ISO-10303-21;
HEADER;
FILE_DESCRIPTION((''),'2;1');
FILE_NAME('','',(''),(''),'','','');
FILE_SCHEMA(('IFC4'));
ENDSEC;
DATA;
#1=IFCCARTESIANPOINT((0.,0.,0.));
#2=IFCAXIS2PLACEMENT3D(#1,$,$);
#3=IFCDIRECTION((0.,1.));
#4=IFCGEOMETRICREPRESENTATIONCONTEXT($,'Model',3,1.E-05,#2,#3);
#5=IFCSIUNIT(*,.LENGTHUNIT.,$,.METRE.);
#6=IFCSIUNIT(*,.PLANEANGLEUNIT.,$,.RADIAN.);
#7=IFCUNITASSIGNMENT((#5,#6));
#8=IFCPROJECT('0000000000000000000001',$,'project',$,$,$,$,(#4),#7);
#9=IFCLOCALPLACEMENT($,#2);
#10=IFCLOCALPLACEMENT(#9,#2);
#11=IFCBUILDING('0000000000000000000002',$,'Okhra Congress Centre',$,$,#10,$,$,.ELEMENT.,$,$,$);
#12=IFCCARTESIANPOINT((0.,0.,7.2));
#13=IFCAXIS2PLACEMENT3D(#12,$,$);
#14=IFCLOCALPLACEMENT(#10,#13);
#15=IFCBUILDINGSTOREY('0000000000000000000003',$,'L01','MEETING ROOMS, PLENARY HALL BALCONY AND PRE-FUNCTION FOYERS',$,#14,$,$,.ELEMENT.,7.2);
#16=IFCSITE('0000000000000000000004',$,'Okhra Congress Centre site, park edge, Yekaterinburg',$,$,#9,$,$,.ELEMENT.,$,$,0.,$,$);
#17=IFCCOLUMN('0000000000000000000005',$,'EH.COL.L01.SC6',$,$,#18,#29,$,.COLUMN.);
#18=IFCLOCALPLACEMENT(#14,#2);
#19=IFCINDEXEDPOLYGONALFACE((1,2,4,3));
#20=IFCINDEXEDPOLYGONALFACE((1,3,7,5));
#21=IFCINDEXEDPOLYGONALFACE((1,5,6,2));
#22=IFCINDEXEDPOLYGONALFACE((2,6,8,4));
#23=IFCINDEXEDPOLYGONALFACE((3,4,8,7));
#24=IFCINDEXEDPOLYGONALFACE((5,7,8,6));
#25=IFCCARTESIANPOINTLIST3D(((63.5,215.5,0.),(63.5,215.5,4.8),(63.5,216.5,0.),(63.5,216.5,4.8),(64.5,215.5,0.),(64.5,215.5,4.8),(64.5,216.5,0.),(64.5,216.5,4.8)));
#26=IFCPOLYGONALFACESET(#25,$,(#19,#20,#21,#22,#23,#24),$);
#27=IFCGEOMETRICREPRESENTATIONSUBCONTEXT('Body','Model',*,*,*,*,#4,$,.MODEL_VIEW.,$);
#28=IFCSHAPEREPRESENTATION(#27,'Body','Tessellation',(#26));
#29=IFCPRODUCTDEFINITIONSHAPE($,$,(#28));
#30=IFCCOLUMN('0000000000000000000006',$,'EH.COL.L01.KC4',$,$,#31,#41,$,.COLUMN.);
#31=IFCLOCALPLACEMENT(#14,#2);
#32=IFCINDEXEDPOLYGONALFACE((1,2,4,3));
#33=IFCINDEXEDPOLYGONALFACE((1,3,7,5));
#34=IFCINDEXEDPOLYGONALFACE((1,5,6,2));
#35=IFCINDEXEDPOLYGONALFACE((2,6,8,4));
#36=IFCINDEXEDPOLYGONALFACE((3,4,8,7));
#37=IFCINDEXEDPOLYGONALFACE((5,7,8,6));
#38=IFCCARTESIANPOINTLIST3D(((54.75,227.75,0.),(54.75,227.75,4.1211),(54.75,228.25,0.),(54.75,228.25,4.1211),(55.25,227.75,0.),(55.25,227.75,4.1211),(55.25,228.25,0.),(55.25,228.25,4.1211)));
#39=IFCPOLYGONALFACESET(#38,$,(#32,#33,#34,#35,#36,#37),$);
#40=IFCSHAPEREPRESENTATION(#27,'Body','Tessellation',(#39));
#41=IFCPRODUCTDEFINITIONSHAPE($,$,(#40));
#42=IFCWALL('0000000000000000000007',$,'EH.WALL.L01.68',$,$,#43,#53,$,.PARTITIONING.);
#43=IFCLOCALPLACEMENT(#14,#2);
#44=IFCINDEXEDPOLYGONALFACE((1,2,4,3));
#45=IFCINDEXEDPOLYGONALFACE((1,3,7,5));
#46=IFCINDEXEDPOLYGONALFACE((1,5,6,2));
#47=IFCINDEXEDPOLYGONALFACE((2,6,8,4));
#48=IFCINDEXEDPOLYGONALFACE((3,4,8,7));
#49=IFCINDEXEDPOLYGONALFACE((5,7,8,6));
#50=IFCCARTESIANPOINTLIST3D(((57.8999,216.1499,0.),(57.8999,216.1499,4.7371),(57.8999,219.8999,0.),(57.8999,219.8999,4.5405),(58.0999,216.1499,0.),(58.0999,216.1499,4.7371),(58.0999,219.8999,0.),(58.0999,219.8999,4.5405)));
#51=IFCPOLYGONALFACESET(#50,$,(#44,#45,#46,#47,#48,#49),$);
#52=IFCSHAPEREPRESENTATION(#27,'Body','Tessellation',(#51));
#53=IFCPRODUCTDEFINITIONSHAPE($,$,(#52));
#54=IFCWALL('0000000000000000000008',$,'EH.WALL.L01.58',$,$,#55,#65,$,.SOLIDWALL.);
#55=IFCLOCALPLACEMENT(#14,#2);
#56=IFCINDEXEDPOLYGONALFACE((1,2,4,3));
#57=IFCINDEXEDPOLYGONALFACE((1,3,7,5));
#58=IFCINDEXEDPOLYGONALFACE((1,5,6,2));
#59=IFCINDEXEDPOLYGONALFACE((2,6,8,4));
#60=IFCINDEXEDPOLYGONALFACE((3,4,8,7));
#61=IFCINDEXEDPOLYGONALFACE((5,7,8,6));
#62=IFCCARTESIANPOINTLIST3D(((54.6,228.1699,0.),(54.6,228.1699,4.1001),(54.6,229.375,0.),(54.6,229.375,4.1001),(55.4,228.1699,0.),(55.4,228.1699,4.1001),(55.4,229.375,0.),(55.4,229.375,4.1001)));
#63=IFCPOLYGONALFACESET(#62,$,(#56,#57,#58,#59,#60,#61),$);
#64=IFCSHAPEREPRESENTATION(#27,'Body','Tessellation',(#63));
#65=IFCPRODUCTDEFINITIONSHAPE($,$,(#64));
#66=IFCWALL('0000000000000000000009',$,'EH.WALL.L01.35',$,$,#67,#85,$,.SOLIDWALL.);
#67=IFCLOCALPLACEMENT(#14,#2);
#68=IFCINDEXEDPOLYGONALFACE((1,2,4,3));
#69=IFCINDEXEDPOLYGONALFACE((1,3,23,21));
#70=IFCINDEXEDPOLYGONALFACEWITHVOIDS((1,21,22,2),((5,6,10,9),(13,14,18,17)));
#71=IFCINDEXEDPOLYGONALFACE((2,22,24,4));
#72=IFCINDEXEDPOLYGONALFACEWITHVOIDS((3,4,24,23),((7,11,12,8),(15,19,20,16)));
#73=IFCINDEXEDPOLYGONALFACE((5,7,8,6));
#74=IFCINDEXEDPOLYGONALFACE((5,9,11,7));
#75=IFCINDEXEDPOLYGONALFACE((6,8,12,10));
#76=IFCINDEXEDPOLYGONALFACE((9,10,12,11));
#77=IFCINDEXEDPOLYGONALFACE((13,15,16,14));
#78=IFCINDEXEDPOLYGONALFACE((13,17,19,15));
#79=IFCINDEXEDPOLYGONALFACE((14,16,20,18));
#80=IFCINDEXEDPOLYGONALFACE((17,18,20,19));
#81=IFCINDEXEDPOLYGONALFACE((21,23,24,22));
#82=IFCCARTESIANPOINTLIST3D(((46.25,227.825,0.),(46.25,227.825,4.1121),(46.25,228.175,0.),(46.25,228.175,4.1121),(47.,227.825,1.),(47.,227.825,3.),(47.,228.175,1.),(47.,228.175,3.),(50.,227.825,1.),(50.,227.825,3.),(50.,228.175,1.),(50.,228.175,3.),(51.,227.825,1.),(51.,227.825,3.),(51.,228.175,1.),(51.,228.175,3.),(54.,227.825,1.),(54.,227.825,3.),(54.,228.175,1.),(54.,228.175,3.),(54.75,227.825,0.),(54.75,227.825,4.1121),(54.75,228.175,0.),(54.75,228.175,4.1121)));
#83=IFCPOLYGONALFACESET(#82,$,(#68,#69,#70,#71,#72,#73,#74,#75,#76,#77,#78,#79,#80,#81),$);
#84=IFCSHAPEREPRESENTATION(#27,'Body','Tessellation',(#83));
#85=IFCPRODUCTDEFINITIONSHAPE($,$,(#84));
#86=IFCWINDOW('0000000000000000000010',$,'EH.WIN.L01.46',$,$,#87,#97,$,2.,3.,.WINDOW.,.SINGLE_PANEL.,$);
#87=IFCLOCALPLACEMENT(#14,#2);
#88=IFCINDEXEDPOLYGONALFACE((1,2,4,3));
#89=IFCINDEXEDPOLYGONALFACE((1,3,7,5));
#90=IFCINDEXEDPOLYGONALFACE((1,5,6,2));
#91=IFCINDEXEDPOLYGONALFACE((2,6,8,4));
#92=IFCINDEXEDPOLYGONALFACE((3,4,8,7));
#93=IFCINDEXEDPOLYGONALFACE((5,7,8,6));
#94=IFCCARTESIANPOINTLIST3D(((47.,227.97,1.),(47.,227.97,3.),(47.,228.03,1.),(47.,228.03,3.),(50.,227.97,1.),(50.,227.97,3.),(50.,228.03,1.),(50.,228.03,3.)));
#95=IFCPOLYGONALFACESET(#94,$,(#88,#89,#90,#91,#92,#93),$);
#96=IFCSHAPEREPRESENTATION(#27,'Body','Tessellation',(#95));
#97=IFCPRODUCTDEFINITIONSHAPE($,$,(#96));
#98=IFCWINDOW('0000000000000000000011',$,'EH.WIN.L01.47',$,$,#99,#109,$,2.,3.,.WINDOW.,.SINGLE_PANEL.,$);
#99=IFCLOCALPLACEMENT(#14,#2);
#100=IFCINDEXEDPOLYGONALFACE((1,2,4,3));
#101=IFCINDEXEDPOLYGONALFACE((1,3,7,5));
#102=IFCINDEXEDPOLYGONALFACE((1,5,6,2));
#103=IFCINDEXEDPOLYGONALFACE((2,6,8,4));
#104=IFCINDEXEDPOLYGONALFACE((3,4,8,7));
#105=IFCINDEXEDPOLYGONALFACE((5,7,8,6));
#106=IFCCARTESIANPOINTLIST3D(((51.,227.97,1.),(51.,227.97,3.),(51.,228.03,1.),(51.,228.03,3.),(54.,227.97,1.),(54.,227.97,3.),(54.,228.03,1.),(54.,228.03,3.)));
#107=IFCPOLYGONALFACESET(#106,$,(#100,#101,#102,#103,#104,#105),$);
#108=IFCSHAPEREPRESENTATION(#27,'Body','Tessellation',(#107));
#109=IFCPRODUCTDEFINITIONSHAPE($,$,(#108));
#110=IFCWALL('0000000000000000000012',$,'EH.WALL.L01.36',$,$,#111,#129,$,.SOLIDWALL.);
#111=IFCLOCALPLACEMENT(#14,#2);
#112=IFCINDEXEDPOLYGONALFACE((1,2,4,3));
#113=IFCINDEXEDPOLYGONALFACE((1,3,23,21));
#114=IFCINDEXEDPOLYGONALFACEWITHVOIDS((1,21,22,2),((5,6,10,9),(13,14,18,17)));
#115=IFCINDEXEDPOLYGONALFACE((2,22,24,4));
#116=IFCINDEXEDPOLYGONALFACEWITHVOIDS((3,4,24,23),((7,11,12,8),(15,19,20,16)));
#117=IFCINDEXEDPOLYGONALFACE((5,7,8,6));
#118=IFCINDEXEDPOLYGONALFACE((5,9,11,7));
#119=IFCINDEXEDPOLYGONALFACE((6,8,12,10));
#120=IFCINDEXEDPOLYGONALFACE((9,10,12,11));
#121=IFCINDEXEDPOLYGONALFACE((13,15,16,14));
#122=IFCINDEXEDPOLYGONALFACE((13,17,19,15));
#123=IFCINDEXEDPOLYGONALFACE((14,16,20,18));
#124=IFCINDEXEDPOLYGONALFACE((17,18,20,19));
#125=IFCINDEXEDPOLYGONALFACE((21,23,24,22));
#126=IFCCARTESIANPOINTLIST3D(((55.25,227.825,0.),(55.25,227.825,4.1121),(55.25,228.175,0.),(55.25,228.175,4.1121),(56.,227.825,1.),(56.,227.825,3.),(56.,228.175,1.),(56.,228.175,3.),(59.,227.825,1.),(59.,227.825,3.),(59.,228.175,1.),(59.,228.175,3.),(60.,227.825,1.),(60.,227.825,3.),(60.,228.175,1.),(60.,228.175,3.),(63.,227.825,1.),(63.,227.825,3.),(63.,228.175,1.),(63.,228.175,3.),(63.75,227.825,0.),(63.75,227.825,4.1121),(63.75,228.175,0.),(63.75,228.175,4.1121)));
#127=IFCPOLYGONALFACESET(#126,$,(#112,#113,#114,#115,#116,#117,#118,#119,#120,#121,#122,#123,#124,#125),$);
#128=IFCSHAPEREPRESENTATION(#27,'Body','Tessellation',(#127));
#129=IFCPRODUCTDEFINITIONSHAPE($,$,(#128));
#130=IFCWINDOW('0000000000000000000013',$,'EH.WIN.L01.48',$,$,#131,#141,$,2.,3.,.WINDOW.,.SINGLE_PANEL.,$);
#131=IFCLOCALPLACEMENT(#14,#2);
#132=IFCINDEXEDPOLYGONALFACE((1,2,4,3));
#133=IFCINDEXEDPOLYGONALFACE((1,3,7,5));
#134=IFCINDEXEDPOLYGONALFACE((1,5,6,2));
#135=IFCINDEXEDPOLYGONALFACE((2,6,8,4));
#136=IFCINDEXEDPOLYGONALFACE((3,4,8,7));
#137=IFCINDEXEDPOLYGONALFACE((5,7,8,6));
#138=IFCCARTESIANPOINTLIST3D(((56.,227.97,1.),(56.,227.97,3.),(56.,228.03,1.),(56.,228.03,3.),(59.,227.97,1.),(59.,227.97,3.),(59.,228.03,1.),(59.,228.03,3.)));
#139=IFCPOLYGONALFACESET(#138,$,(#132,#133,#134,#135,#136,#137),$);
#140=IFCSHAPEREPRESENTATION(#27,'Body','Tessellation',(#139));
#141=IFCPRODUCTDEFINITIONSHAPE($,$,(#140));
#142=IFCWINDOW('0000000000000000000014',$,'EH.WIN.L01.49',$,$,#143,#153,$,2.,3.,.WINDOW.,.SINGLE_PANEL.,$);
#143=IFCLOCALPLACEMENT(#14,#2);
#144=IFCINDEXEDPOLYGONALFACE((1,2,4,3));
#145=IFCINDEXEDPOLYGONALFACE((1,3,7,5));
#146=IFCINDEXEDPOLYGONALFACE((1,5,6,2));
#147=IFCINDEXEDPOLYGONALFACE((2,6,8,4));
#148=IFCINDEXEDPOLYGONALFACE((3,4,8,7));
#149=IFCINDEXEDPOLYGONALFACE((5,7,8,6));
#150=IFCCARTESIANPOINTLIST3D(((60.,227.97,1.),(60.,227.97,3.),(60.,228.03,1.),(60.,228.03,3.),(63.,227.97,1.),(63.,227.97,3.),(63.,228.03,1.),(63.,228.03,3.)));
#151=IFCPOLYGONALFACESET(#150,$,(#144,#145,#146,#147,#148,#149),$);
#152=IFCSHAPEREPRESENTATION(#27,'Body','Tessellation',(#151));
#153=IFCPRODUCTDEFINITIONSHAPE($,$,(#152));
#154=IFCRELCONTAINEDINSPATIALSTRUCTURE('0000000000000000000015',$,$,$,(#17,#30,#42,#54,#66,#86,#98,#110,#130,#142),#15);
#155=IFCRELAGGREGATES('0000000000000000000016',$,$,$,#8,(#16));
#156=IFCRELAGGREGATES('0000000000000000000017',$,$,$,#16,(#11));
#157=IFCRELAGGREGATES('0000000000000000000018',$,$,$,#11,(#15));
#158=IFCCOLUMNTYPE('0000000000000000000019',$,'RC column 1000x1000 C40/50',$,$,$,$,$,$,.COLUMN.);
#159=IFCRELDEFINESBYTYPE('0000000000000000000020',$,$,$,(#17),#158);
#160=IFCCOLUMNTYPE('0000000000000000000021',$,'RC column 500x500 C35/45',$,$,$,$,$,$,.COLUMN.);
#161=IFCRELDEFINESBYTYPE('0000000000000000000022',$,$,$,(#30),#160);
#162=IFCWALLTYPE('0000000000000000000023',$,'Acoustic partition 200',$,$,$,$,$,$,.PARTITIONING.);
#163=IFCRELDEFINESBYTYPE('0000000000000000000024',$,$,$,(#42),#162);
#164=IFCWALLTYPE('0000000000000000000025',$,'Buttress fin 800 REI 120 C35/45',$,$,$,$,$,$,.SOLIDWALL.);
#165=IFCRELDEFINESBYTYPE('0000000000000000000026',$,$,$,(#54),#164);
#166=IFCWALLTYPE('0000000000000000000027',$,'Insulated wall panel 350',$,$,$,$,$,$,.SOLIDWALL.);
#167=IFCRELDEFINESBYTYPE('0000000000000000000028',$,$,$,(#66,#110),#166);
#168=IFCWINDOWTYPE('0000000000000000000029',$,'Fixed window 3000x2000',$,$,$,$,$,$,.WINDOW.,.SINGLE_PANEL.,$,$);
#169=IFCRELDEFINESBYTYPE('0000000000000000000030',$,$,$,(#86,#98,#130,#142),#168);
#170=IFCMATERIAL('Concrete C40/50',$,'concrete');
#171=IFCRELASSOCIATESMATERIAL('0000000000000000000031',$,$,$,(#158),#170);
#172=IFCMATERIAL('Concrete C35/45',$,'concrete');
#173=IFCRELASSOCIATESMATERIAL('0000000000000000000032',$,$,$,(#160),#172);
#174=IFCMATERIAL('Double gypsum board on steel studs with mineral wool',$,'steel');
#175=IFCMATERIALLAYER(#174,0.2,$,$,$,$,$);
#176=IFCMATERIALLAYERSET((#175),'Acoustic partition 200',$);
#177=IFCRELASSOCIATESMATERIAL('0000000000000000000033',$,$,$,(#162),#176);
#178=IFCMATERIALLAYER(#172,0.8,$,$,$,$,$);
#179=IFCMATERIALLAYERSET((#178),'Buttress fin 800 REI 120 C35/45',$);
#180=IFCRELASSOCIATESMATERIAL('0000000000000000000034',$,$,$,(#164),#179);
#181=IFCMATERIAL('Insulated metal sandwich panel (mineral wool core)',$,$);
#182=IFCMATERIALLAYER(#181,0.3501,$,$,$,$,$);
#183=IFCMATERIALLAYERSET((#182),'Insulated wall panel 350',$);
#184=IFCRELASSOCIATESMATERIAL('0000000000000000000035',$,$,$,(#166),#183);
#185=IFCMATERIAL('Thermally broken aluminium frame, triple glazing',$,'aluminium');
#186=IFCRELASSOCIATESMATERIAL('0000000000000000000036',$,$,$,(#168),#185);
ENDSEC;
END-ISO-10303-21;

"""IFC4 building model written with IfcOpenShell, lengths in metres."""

from ifc_helpers import new_model, si_unit, direction, frame, frame_2d, origin, origin_2d, place, context, subcontext, project, spatial, polyline, rectangle, outline, extrude, material, layer, layer_set, material_profile, profile_set, type_object, element, fill, save


model = new_model("IFC4")

# Units and contexts
model_context = context("Model", 3, precision=1e-05, world=origin(), true_north=direction((0.0, 1.0)))
body_context = subcontext(model_context, "Body", "Model", "MODEL_VIEW")
ifc_project = project(units=[si_unit("LENGTHUNIT", "METRE"), si_unit("PLANEANGLEUNIT", "RADIAN")], contexts=[model_context])

# Site, building, storey
site_placement = place(None, origin())
site = spatial("IfcSite", under=ifc_project, at=site_placement, Name="Okhra Congress Centre site, park edge, Yekaterinburg", CompositionType="ELEMENT", RefElevation=0.0)
building_placement = place(site_placement, origin())
building = spatial("IfcBuilding", under=site, at=building_placement, Name="Okhra Congress Centre", CompositionType="ELEMENT")
storey_placement = place(building_placement, frame((0.0, 0.0, 7.2)))
storey = spatial("IfcBuildingStorey", under=building, at=storey_placement, Name="L01", Description="MEETING ROOMS, PLENARY HALL BALCONY AND PRE-FUNCTION FOYERS", CompositionType="ELEMENT", Elevation=7.2)

# Columns
ifc_material_1 = material(Name="Concrete C40/50", Category="concrete")
ifc_material_profile_1 = material_profile(ifc_material_1, rectangle(XDim=1.0, YDim=1.0, at=origin_2d()), Name="RC 1000x1000")
ifc_profile_set_1 = profile_set([ifc_material_profile_1], Name="Concrete C40/50")
column_type_1 = type_object("IfcColumnType", Name="RC column 1000x1000 C40/50", PredefinedType="COLUMN", material=ifc_profile_set_1)
column_1_placement = place(storey_placement, frame((64.0, 216.0, 0.0), z_axis=(0.0, 0.0, 1.0), x_axis=(1.0, 0.0, 0.0)))
element("IfcColumn", 1, at=column_1_placement, inside=storey, type_object=column_type_1, Name="EH.COL.L01.SC6", PredefinedType="COLUMN", context=body_context, shape_type="SweptSolid", body=[
    extrude(rectangle(XDim=1.0, YDim=1.0, at=origin_2d()), origin(), (0.0, 0.0, 1.0), 4.8),
])
ifc_material_2 = material(Name="Concrete C35/45", Category="concrete")
ifc_material_profile_2 = material_profile(ifc_material_2, rectangle(XDim=0.5, YDim=0.5, at=origin_2d()), Name="RC 500x500")
ifc_profile_set_2 = profile_set([ifc_material_profile_2], Name="Concrete C35/45")
column_type_2 = type_object("IfcColumnType", Name="RC column 500x500 C35/45", PredefinedType="COLUMN", material=ifc_profile_set_2)
column_2_placement = place(storey_placement, frame((55.0, 228.0, 0.0), z_axis=(0.0, 0.0, 1.0), x_axis=(1.0, 0.0, 0.0)))
element("IfcColumn", 2, at=column_2_placement, inside=storey, type_object=column_type_2, Name="EH.COL.L01.KC4", PredefinedType="COLUMN", context=body_context, shape_type="SweptSolid", body=[
    extrude(rectangle(XDim=0.5, YDim=0.5, at=origin_2d()), origin(), (0.0, 0.0, 1.0), 4.1211),
])

# Walls
ifc_material_3 = material(Name="Double gypsum board on steel studs with mineral wool", Category="steel")
ifc_layer_1 = layer(ifc_material_3, 0.2)
ifc_layer_set_1 = layer_set([ifc_layer_1], Name="Acoustic partition 200")
wall_type_1 = type_object("IfcWallType", Name="Acoustic partition 200", PredefinedType="PARTITIONING", material=ifc_layer_set_1)
wall_1_placement = place(storey_placement, frame((58.0, 216.1499, 0.0), z_axis=(0.0, 0.0, 1.0), x_axis=(0.0, 1.0, 0.0)))
element("IfcWall", 3, at=wall_1_placement, inside=storey, type_object=wall_type_1, Name="EH.WALL.L01.68", PredefinedType="PARTITIONING", context=body_context, shape_type="SweptSolid", body=[
    extrude(outline(polyline([(0.0, 0.0), (3.75, 0.0), (3.75, 4.5405), (0.0, 4.7371), (0.0, 0.0)])), frame((0.0, 0.1001, 0.0), z_axis=(0.0, -1.0, 0.0), x_axis=(1.0, 0.0, 0.0)), (0.0, 0.0, 1.0), 0.2),
])
ifc_layer_2 = layer(ifc_material_2, 0.8)
ifc_layer_set_2 = layer_set([ifc_layer_2], Name="Buttress fin 800 REI 120 C35/45")
wall_type_2 = type_object("IfcWallType", Name="Buttress fin 800 REI 120 C35/45", PredefinedType="SOLIDWALL", material=ifc_layer_set_2)
wall_2_placement = place(storey_placement, frame((55.0, 228.1699, 0.0), z_axis=(0.0, 0.0, 1.0), x_axis=(0.0, 1.0, 0.0)))
element("IfcWall", 4, at=wall_2_placement, inside=storey, type_object=wall_type_2, Name="EH.WALL.L01.58", PredefinedType="SOLIDWALL", context=body_context, shape_type="SweptSolid", body=[
    extrude(rectangle(XDim=1.2051, YDim=0.8, at=frame_2d((0.6025, 0.0))), origin(), (0.0, 0.0, 1.0), 4.1001),
])

# Walls, openings, windows
ifc_material_4 = material(Name="Insulated metal sandwich panel (mineral wool core)")
ifc_layer_3 = layer(ifc_material_4, 0.3501)
ifc_layer_set_3 = layer_set([ifc_layer_3], Name="Insulated wall panel 350")
wall_type_3 = type_object("IfcWallType", Name="Insulated wall panel 350", PredefinedType="SOLIDWALL", material=ifc_layer_set_3)
wall_3_placement = place(storey_placement, frame((46.25, 228.0, 0.0), z_axis=(0.0, 0.0, 1.0), x_axis=(1.0, 0.0, 0.0)))
wall_3 = element("IfcWall", 5, at=wall_3_placement, inside=storey, type_object=wall_type_3, Name="EH.WALL.L01.35", PredefinedType="SOLIDWALL", context=body_context, shape_type="SweptSolid", body=[
    extrude(rectangle(XDim=8.5, YDim=0.3501, at=frame_2d((4.25, 0.0))), origin(), (0.0, 0.0, 1.0), 4.1121),
])
opening_1_placement = place(wall_3_placement, frame((0.75, 0.0, 1.0)))
opening_1 = element("IfcOpeningElement", 6, at=opening_1_placement, cuts=wall_3, PredefinedType="OPENING", context=body_context, shape_type="SweptSolid", body=[
    extrude(rectangle(XDim=3.0, YDim=2.0, at=frame_2d((1.5, 1.0))), frame((0.0, 0.1851, 0.0), z_axis=(0.0, -1.0, 0.0), x_axis=(1.0, 0.0, 0.0)), (0.0, 0.0, 1.0), 0.3701),
])
opening_2_placement = place(wall_3_placement, frame((4.75, 0.0, 1.0)))
opening_2 = element("IfcOpeningElement", 7, at=opening_2_placement, cuts=wall_3, PredefinedType="OPENING", context=body_context, shape_type="SweptSolid", body=[
    extrude(rectangle(XDim=3.0, YDim=2.0, at=frame_2d((1.5, 1.0))), frame((0.0, 0.1851, 0.0), z_axis=(0.0, -1.0, 0.0), x_axis=(1.0, 0.0, 0.0)), (0.0, 0.0, 1.0), 0.3701),
])
ifc_material_5 = material(Name="Thermally broken aluminium frame, triple glazing", Category="aluminium")
window_type_1 = type_object("IfcWindowType", Name="Fixed window 3000x2000", PartitioningType="SINGLE_PANEL", PredefinedType="WINDOW", material=ifc_material_5)
window_1_placement = place(opening_1_placement, origin())
window_1 = element("IfcWindow", 8, at=window_1_placement, inside=storey, type_object=window_type_1, Name="EH.WIN.L01.46", OverallHeight=2.0, OverallWidth=3.0, PartitioningType="SINGLE_PANEL", PredefinedType="WINDOW", context=body_context, shape_type="SweptSolid", body=[
    extrude(rectangle(XDim=3.0, YDim=2.0, at=frame_2d((1.5, 1.0))), frame((0.0, 0.03, 0.0), z_axis=(0.0, -1.0, 0.0), x_axis=(1.0, 0.0, 0.0)), (0.0, 0.0, 1.0), 0.0601),
])
fill(opening_1, window_1)
window_2_placement = place(opening_2_placement, origin())
window_2 = element("IfcWindow", 9, at=window_2_placement, inside=storey, type_object=window_type_1, Name="EH.WIN.L01.47", OverallHeight=2.0, OverallWidth=3.0, PartitioningType="SINGLE_PANEL", PredefinedType="WINDOW", context=body_context, shape_type="SweptSolid", body=[
    extrude(rectangle(XDim=3.0, YDim=2.0, at=frame_2d((1.5, 1.0))), frame((0.0, 0.03, 0.0), z_axis=(0.0, -1.0, 0.0), x_axis=(1.0, 0.0, 0.0)), (0.0, 0.0, 1.0), 0.0601),
])
fill(opening_2, window_2)
wall_4_placement = place(storey_placement, frame((55.25, 228.0, 0.0), z_axis=(0.0, 0.0, 1.0), x_axis=(1.0, 0.0, 0.0)))
wall_4 = element("IfcWall", 10, at=wall_4_placement, inside=storey, type_object=wall_type_3, Name="EH.WALL.L01.36", PredefinedType="SOLIDWALL", context=body_context, shape_type="SweptSolid", body=[
    extrude(rectangle(XDim=8.5, YDim=0.3501, at=frame_2d((4.25, 0.0))), origin(), (0.0, 0.0, 1.0), 4.1121),
])
opening_3_placement = place(wall_4_placement, frame((0.75, 0.0, 1.0)))
opening_3 = element("IfcOpeningElement", 11, at=opening_3_placement, cuts=wall_4, PredefinedType="OPENING", context=body_context, shape_type="SweptSolid", body=[
    extrude(rectangle(XDim=3.0, YDim=2.0, at=frame_2d((1.5, 1.0))), frame((0.0, 0.1851, 0.0), z_axis=(0.0, -1.0, 0.0), x_axis=(1.0, 0.0, 0.0)), (0.0, 0.0, 1.0), 0.3701),
])
opening_4_placement = place(wall_4_placement, frame((4.75, 0.0, 1.0)))
opening_4 = element("IfcOpeningElement", 12, at=opening_4_placement, cuts=wall_4, PredefinedType="OPENING", context=body_context, shape_type="SweptSolid", body=[
    extrude(rectangle(XDim=3.0, YDim=2.0, at=frame_2d((1.5, 1.0))), frame((0.0, 0.1851, 0.0), z_axis=(0.0, -1.0, 0.0), x_axis=(1.0, 0.0, 0.0)), (0.0, 0.0, 1.0), 0.3701),
])
window_3_placement = place(opening_3_placement, origin())
window_3 = element("IfcWindow", 13, at=window_3_placement, inside=storey, type_object=window_type_1, Name="EH.WIN.L01.48", OverallHeight=2.0, OverallWidth=3.0, PartitioningType="SINGLE_PANEL", PredefinedType="WINDOW", context=body_context, shape_type="SweptSolid", body=[
    extrude(rectangle(XDim=3.0, YDim=2.0, at=frame_2d((1.5, 1.0))), frame((0.0, 0.03, 0.0), z_axis=(0.0, -1.0, 0.0), x_axis=(1.0, 0.0, 0.0)), (0.0, 0.0, 1.0), 0.0601),
])
fill(opening_3, window_3)
window_4_placement = place(opening_4_placement, origin())
window_4 = element("IfcWindow", 14, at=window_4_placement, inside=storey, type_object=window_type_1, Name="EH.WIN.L01.49", OverallHeight=2.0, OverallWidth=3.0, PartitioningType="SINGLE_PANEL", PredefinedType="WINDOW", context=body_context, shape_type="SweptSolid", body=[
    extrude(rectangle(XDim=3.0, YDim=2.0, at=frame_2d((1.5, 1.0))), frame((0.0, 0.03, 0.0), z_axis=(0.0, -1.0, 0.0), x_axis=(1.0, 0.0, 0.0)), (0.0, 0.0, 1.0), 0.0601),
])
fill(opening_4, window_4)

save(model, "model.ifc")
